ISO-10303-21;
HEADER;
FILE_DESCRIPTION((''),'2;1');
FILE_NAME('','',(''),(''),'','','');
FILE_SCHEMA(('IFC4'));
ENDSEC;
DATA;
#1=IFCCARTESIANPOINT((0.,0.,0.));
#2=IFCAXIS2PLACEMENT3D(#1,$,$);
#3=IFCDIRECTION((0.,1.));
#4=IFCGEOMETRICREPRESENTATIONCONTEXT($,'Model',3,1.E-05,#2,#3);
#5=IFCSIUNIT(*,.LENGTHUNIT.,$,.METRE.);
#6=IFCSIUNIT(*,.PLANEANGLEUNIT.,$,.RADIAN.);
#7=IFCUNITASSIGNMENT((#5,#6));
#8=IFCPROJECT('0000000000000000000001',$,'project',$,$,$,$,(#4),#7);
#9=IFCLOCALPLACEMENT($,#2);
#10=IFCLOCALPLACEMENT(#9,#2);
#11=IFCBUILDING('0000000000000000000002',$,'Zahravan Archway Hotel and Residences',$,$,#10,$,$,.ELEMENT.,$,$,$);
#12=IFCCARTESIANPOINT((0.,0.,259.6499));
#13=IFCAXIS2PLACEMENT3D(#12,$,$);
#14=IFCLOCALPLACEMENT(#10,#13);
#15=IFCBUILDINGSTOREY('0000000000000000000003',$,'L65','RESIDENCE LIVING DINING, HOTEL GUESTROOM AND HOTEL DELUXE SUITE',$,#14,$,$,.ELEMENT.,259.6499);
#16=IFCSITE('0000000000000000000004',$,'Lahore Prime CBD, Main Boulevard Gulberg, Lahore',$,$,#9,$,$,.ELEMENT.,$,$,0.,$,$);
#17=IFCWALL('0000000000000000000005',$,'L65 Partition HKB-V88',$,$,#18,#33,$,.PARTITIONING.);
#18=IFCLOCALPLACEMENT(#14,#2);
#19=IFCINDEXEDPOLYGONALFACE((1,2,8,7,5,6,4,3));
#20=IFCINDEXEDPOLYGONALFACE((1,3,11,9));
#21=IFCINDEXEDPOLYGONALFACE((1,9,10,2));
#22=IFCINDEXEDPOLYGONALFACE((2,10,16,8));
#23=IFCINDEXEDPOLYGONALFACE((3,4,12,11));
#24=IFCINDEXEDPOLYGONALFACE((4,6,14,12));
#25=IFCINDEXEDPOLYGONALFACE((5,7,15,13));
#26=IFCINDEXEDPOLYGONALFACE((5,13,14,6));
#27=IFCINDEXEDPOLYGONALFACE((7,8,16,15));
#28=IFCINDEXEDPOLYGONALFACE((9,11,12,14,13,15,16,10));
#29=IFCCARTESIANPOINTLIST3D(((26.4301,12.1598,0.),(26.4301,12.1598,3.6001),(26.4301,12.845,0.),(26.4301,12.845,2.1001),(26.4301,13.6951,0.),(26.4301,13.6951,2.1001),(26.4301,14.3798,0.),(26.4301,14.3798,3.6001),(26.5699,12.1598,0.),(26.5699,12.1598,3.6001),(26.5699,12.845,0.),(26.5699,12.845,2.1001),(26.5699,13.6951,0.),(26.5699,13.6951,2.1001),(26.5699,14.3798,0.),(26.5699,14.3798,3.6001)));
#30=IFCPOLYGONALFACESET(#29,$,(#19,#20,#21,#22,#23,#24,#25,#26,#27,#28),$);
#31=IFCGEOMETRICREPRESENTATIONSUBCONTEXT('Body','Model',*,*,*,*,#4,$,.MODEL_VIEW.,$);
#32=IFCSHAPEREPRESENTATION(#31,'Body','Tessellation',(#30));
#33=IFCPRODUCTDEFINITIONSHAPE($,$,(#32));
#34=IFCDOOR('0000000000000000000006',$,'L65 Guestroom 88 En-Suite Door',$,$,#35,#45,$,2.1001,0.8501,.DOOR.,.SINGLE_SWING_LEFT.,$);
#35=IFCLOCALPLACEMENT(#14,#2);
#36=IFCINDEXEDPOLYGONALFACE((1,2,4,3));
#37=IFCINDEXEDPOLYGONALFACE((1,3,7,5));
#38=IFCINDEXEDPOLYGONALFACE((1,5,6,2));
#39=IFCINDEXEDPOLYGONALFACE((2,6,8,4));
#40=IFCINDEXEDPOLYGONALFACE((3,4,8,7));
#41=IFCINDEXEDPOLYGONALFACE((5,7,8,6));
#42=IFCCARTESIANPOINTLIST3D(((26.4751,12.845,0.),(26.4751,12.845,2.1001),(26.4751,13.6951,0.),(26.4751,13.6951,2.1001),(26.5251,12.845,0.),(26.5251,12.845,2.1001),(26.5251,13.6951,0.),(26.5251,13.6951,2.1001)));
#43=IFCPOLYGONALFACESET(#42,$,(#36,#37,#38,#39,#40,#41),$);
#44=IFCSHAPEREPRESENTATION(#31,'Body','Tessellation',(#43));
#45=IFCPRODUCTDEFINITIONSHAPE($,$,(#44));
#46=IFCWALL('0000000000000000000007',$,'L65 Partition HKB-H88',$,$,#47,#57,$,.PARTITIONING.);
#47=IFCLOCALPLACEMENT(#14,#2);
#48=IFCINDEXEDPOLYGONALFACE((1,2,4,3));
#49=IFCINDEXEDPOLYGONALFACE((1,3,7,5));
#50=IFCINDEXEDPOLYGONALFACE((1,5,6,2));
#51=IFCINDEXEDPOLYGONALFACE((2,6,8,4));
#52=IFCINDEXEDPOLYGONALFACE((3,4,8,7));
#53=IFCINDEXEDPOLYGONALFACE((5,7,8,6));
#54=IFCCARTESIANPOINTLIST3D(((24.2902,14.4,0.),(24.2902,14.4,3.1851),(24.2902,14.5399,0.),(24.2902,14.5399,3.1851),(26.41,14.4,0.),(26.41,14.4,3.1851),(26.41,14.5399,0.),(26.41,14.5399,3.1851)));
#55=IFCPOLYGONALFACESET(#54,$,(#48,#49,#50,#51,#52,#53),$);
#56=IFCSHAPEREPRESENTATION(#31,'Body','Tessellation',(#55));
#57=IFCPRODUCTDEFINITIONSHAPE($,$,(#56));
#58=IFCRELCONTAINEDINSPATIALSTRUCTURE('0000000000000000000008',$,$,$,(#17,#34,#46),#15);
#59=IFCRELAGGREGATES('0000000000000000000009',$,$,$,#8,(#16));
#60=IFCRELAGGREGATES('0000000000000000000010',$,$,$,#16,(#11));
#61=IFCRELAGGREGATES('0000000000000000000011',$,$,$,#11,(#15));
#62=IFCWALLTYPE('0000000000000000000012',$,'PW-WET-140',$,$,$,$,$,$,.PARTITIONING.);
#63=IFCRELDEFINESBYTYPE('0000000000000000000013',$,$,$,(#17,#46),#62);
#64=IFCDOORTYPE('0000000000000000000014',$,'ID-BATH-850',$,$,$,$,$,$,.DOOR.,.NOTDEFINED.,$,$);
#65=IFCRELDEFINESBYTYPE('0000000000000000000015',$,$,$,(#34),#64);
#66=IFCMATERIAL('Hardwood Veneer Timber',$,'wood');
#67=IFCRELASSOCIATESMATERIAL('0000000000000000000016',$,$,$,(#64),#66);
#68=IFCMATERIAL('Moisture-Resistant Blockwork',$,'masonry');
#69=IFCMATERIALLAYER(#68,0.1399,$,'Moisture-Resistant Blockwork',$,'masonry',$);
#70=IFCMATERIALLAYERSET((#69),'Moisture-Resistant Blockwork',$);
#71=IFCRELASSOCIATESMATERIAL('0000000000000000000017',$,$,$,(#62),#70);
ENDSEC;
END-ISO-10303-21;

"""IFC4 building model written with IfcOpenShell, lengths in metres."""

from ifc_helpers import new_model, si_unit, direction, frame, frame_2d, origin, place, context, subcontext, project, spatial, rectangle, extrude, source, transform, mapped, material, layer, layer_set, type_object, type_shapes, element, fill, save


model = new_model("IFC4")

# Units and contexts
model_context = context("Model", 3, precision=1e-05, world=origin(), true_north=direction((0.0, 1.0)))
body_context = subcontext(model_context, "Body", "Model", "MODEL_VIEW")
ifc_project = project(units=[si_unit("LENGTHUNIT", "METRE"), si_unit("PLANEANGLEUNIT", "RADIAN")], contexts=[model_context])

# Site, building, storey
site_placement = place(None, origin())
site = spatial("IfcSite", under=ifc_project, at=site_placement, Name="Lahore Prime CBD, Main Boulevard Gulberg, Lahore", CompositionType="ELEMENT", RefElevation=0.0)
building_placement = place(site_placement, origin())
building = spatial("IfcBuilding", under=site, at=building_placement, Name="Zahravan Archway Hotel and Residences", CompositionType="ELEMENT")
storey_placement = place(building_placement, frame((0.0, 0.0, 259.6499)))
storey = spatial("IfcBuildingStorey", under=building, at=storey_placement, Name="L65", Description="RESIDENCE LIVING DINING, HOTEL GUESTROOM AND HOTEL DELUXE SUITE", CompositionType="ELEMENT", Elevation=259.6499)

# Shared definitions
ifc_material_1 = material(Name="Hardwood Veneer Timber", Category="wood")
door_type_1 = type_object("IfcDoorType", Name="ID-BATH-850", OperationType="NOTDEFINED", PredefinedType="DOOR", material=ifc_material_1)
shared_shape_1 = source(origin(), body_context, "Body", "SweptSolid", [
    extrude(rectangle(XDim=0.8501, YDim=2.1001, at=frame_2d((0.425, 1.05))), frame((0.0, 0.0249, 0.0), z_axis=(0.0, -1.0, 0.0), x_axis=(1.0, 0.0, 0.0)), (0.0, 0.0, 1.0), 0.05),
])
type_shapes(door_type_1, [shared_shape_1])

# Shared definitions
ifc_material_2 = material(Name="Moisture-Resistant Blockwork", Category="masonry")
ifc_layer_1 = layer(ifc_material_2, 0.1399, Name="Moisture-Resistant Blockwork", Category="masonry")
ifc_layer_set_1 = layer_set([ifc_layer_1], Name="Moisture-Resistant Blockwork")
wall_type_1 = type_object("IfcWallType", Name="PW-WET-140", PredefinedType="PARTITIONING", material=ifc_layer_set_1)

# Wall, opening, door
wall_1_placement = place(storey_placement, frame((26.5, 12.1599, 0.0), z_axis=(0.0, 0.0, 1.0), x_axis=(0.0, 1.0, 0.0)))
wall_1 = element("IfcWall", 1, at=wall_1_placement, inside=storey, type_object=wall_type_1, Name="L65 Partition HKB-V88", PredefinedType="PARTITIONING", context=body_context, shape_type="SweptSolid", body=[
    extrude(rectangle(XDim=2.22, YDim=0.1399, at=frame_2d((1.1099, 0.0))), origin(), (0.0, 0.0, 1.0), 3.6001),
])
opening_1_placement = place(wall_1_placement, frame((0.6851, 0.0, 0.0)))
opening_1 = element("IfcOpeningElement", 2, at=opening_1_placement, cuts=wall_1, PredefinedType="OPENING", context=body_context, shape_type="SweptSolid", body=[
    extrude(rectangle(XDim=0.8501, YDim=2.1001, at=frame_2d((0.425, 1.05))), frame((0.0, 0.0801, 0.0), z_axis=(0.0, -1.0, 0.0), x_axis=(1.0, 0.0, 0.0)), (0.0, 0.0, 1.0), 0.1599),
])
door_1_placement = place(opening_1_placement, origin())
door_1 = element("IfcDoor", 3, at=door_1_placement, inside=storey, type_object=door_type_1, Name="L65 Guestroom 88 En-Suite Door", OperationType="SINGLE_SWING_LEFT", OverallHeight=2.1001, OverallWidth=0.8501, PredefinedType="DOOR", context=body_context, shape_type="MappedRepresentation", body=[
    mapped(shared_shape_1, transform((0.0, 0.0, 0.0), scale=1.0)),
])
fill(opening_1, door_1)

# Wall
wall_2_placement = place(storey_placement, frame((24.29, 14.47, 0.0), z_axis=(0.0, 0.0, 1.0), x_axis=(1.0, 0.0, 0.0)))
element("IfcWall", 4, at=wall_2_placement, inside=storey, type_object=wall_type_1, Name="L65 Partition HKB-H88", PredefinedType="PARTITIONING", context=body_context, shape_type="SweptSolid", body=[
    extrude(rectangle(XDim=2.1199, YDim=0.1399, at=frame_2d((1.0601, 0.0))), origin(), (0.0, 0.0, 1.0), 3.1851),
])

save(model, "model.ifc")
